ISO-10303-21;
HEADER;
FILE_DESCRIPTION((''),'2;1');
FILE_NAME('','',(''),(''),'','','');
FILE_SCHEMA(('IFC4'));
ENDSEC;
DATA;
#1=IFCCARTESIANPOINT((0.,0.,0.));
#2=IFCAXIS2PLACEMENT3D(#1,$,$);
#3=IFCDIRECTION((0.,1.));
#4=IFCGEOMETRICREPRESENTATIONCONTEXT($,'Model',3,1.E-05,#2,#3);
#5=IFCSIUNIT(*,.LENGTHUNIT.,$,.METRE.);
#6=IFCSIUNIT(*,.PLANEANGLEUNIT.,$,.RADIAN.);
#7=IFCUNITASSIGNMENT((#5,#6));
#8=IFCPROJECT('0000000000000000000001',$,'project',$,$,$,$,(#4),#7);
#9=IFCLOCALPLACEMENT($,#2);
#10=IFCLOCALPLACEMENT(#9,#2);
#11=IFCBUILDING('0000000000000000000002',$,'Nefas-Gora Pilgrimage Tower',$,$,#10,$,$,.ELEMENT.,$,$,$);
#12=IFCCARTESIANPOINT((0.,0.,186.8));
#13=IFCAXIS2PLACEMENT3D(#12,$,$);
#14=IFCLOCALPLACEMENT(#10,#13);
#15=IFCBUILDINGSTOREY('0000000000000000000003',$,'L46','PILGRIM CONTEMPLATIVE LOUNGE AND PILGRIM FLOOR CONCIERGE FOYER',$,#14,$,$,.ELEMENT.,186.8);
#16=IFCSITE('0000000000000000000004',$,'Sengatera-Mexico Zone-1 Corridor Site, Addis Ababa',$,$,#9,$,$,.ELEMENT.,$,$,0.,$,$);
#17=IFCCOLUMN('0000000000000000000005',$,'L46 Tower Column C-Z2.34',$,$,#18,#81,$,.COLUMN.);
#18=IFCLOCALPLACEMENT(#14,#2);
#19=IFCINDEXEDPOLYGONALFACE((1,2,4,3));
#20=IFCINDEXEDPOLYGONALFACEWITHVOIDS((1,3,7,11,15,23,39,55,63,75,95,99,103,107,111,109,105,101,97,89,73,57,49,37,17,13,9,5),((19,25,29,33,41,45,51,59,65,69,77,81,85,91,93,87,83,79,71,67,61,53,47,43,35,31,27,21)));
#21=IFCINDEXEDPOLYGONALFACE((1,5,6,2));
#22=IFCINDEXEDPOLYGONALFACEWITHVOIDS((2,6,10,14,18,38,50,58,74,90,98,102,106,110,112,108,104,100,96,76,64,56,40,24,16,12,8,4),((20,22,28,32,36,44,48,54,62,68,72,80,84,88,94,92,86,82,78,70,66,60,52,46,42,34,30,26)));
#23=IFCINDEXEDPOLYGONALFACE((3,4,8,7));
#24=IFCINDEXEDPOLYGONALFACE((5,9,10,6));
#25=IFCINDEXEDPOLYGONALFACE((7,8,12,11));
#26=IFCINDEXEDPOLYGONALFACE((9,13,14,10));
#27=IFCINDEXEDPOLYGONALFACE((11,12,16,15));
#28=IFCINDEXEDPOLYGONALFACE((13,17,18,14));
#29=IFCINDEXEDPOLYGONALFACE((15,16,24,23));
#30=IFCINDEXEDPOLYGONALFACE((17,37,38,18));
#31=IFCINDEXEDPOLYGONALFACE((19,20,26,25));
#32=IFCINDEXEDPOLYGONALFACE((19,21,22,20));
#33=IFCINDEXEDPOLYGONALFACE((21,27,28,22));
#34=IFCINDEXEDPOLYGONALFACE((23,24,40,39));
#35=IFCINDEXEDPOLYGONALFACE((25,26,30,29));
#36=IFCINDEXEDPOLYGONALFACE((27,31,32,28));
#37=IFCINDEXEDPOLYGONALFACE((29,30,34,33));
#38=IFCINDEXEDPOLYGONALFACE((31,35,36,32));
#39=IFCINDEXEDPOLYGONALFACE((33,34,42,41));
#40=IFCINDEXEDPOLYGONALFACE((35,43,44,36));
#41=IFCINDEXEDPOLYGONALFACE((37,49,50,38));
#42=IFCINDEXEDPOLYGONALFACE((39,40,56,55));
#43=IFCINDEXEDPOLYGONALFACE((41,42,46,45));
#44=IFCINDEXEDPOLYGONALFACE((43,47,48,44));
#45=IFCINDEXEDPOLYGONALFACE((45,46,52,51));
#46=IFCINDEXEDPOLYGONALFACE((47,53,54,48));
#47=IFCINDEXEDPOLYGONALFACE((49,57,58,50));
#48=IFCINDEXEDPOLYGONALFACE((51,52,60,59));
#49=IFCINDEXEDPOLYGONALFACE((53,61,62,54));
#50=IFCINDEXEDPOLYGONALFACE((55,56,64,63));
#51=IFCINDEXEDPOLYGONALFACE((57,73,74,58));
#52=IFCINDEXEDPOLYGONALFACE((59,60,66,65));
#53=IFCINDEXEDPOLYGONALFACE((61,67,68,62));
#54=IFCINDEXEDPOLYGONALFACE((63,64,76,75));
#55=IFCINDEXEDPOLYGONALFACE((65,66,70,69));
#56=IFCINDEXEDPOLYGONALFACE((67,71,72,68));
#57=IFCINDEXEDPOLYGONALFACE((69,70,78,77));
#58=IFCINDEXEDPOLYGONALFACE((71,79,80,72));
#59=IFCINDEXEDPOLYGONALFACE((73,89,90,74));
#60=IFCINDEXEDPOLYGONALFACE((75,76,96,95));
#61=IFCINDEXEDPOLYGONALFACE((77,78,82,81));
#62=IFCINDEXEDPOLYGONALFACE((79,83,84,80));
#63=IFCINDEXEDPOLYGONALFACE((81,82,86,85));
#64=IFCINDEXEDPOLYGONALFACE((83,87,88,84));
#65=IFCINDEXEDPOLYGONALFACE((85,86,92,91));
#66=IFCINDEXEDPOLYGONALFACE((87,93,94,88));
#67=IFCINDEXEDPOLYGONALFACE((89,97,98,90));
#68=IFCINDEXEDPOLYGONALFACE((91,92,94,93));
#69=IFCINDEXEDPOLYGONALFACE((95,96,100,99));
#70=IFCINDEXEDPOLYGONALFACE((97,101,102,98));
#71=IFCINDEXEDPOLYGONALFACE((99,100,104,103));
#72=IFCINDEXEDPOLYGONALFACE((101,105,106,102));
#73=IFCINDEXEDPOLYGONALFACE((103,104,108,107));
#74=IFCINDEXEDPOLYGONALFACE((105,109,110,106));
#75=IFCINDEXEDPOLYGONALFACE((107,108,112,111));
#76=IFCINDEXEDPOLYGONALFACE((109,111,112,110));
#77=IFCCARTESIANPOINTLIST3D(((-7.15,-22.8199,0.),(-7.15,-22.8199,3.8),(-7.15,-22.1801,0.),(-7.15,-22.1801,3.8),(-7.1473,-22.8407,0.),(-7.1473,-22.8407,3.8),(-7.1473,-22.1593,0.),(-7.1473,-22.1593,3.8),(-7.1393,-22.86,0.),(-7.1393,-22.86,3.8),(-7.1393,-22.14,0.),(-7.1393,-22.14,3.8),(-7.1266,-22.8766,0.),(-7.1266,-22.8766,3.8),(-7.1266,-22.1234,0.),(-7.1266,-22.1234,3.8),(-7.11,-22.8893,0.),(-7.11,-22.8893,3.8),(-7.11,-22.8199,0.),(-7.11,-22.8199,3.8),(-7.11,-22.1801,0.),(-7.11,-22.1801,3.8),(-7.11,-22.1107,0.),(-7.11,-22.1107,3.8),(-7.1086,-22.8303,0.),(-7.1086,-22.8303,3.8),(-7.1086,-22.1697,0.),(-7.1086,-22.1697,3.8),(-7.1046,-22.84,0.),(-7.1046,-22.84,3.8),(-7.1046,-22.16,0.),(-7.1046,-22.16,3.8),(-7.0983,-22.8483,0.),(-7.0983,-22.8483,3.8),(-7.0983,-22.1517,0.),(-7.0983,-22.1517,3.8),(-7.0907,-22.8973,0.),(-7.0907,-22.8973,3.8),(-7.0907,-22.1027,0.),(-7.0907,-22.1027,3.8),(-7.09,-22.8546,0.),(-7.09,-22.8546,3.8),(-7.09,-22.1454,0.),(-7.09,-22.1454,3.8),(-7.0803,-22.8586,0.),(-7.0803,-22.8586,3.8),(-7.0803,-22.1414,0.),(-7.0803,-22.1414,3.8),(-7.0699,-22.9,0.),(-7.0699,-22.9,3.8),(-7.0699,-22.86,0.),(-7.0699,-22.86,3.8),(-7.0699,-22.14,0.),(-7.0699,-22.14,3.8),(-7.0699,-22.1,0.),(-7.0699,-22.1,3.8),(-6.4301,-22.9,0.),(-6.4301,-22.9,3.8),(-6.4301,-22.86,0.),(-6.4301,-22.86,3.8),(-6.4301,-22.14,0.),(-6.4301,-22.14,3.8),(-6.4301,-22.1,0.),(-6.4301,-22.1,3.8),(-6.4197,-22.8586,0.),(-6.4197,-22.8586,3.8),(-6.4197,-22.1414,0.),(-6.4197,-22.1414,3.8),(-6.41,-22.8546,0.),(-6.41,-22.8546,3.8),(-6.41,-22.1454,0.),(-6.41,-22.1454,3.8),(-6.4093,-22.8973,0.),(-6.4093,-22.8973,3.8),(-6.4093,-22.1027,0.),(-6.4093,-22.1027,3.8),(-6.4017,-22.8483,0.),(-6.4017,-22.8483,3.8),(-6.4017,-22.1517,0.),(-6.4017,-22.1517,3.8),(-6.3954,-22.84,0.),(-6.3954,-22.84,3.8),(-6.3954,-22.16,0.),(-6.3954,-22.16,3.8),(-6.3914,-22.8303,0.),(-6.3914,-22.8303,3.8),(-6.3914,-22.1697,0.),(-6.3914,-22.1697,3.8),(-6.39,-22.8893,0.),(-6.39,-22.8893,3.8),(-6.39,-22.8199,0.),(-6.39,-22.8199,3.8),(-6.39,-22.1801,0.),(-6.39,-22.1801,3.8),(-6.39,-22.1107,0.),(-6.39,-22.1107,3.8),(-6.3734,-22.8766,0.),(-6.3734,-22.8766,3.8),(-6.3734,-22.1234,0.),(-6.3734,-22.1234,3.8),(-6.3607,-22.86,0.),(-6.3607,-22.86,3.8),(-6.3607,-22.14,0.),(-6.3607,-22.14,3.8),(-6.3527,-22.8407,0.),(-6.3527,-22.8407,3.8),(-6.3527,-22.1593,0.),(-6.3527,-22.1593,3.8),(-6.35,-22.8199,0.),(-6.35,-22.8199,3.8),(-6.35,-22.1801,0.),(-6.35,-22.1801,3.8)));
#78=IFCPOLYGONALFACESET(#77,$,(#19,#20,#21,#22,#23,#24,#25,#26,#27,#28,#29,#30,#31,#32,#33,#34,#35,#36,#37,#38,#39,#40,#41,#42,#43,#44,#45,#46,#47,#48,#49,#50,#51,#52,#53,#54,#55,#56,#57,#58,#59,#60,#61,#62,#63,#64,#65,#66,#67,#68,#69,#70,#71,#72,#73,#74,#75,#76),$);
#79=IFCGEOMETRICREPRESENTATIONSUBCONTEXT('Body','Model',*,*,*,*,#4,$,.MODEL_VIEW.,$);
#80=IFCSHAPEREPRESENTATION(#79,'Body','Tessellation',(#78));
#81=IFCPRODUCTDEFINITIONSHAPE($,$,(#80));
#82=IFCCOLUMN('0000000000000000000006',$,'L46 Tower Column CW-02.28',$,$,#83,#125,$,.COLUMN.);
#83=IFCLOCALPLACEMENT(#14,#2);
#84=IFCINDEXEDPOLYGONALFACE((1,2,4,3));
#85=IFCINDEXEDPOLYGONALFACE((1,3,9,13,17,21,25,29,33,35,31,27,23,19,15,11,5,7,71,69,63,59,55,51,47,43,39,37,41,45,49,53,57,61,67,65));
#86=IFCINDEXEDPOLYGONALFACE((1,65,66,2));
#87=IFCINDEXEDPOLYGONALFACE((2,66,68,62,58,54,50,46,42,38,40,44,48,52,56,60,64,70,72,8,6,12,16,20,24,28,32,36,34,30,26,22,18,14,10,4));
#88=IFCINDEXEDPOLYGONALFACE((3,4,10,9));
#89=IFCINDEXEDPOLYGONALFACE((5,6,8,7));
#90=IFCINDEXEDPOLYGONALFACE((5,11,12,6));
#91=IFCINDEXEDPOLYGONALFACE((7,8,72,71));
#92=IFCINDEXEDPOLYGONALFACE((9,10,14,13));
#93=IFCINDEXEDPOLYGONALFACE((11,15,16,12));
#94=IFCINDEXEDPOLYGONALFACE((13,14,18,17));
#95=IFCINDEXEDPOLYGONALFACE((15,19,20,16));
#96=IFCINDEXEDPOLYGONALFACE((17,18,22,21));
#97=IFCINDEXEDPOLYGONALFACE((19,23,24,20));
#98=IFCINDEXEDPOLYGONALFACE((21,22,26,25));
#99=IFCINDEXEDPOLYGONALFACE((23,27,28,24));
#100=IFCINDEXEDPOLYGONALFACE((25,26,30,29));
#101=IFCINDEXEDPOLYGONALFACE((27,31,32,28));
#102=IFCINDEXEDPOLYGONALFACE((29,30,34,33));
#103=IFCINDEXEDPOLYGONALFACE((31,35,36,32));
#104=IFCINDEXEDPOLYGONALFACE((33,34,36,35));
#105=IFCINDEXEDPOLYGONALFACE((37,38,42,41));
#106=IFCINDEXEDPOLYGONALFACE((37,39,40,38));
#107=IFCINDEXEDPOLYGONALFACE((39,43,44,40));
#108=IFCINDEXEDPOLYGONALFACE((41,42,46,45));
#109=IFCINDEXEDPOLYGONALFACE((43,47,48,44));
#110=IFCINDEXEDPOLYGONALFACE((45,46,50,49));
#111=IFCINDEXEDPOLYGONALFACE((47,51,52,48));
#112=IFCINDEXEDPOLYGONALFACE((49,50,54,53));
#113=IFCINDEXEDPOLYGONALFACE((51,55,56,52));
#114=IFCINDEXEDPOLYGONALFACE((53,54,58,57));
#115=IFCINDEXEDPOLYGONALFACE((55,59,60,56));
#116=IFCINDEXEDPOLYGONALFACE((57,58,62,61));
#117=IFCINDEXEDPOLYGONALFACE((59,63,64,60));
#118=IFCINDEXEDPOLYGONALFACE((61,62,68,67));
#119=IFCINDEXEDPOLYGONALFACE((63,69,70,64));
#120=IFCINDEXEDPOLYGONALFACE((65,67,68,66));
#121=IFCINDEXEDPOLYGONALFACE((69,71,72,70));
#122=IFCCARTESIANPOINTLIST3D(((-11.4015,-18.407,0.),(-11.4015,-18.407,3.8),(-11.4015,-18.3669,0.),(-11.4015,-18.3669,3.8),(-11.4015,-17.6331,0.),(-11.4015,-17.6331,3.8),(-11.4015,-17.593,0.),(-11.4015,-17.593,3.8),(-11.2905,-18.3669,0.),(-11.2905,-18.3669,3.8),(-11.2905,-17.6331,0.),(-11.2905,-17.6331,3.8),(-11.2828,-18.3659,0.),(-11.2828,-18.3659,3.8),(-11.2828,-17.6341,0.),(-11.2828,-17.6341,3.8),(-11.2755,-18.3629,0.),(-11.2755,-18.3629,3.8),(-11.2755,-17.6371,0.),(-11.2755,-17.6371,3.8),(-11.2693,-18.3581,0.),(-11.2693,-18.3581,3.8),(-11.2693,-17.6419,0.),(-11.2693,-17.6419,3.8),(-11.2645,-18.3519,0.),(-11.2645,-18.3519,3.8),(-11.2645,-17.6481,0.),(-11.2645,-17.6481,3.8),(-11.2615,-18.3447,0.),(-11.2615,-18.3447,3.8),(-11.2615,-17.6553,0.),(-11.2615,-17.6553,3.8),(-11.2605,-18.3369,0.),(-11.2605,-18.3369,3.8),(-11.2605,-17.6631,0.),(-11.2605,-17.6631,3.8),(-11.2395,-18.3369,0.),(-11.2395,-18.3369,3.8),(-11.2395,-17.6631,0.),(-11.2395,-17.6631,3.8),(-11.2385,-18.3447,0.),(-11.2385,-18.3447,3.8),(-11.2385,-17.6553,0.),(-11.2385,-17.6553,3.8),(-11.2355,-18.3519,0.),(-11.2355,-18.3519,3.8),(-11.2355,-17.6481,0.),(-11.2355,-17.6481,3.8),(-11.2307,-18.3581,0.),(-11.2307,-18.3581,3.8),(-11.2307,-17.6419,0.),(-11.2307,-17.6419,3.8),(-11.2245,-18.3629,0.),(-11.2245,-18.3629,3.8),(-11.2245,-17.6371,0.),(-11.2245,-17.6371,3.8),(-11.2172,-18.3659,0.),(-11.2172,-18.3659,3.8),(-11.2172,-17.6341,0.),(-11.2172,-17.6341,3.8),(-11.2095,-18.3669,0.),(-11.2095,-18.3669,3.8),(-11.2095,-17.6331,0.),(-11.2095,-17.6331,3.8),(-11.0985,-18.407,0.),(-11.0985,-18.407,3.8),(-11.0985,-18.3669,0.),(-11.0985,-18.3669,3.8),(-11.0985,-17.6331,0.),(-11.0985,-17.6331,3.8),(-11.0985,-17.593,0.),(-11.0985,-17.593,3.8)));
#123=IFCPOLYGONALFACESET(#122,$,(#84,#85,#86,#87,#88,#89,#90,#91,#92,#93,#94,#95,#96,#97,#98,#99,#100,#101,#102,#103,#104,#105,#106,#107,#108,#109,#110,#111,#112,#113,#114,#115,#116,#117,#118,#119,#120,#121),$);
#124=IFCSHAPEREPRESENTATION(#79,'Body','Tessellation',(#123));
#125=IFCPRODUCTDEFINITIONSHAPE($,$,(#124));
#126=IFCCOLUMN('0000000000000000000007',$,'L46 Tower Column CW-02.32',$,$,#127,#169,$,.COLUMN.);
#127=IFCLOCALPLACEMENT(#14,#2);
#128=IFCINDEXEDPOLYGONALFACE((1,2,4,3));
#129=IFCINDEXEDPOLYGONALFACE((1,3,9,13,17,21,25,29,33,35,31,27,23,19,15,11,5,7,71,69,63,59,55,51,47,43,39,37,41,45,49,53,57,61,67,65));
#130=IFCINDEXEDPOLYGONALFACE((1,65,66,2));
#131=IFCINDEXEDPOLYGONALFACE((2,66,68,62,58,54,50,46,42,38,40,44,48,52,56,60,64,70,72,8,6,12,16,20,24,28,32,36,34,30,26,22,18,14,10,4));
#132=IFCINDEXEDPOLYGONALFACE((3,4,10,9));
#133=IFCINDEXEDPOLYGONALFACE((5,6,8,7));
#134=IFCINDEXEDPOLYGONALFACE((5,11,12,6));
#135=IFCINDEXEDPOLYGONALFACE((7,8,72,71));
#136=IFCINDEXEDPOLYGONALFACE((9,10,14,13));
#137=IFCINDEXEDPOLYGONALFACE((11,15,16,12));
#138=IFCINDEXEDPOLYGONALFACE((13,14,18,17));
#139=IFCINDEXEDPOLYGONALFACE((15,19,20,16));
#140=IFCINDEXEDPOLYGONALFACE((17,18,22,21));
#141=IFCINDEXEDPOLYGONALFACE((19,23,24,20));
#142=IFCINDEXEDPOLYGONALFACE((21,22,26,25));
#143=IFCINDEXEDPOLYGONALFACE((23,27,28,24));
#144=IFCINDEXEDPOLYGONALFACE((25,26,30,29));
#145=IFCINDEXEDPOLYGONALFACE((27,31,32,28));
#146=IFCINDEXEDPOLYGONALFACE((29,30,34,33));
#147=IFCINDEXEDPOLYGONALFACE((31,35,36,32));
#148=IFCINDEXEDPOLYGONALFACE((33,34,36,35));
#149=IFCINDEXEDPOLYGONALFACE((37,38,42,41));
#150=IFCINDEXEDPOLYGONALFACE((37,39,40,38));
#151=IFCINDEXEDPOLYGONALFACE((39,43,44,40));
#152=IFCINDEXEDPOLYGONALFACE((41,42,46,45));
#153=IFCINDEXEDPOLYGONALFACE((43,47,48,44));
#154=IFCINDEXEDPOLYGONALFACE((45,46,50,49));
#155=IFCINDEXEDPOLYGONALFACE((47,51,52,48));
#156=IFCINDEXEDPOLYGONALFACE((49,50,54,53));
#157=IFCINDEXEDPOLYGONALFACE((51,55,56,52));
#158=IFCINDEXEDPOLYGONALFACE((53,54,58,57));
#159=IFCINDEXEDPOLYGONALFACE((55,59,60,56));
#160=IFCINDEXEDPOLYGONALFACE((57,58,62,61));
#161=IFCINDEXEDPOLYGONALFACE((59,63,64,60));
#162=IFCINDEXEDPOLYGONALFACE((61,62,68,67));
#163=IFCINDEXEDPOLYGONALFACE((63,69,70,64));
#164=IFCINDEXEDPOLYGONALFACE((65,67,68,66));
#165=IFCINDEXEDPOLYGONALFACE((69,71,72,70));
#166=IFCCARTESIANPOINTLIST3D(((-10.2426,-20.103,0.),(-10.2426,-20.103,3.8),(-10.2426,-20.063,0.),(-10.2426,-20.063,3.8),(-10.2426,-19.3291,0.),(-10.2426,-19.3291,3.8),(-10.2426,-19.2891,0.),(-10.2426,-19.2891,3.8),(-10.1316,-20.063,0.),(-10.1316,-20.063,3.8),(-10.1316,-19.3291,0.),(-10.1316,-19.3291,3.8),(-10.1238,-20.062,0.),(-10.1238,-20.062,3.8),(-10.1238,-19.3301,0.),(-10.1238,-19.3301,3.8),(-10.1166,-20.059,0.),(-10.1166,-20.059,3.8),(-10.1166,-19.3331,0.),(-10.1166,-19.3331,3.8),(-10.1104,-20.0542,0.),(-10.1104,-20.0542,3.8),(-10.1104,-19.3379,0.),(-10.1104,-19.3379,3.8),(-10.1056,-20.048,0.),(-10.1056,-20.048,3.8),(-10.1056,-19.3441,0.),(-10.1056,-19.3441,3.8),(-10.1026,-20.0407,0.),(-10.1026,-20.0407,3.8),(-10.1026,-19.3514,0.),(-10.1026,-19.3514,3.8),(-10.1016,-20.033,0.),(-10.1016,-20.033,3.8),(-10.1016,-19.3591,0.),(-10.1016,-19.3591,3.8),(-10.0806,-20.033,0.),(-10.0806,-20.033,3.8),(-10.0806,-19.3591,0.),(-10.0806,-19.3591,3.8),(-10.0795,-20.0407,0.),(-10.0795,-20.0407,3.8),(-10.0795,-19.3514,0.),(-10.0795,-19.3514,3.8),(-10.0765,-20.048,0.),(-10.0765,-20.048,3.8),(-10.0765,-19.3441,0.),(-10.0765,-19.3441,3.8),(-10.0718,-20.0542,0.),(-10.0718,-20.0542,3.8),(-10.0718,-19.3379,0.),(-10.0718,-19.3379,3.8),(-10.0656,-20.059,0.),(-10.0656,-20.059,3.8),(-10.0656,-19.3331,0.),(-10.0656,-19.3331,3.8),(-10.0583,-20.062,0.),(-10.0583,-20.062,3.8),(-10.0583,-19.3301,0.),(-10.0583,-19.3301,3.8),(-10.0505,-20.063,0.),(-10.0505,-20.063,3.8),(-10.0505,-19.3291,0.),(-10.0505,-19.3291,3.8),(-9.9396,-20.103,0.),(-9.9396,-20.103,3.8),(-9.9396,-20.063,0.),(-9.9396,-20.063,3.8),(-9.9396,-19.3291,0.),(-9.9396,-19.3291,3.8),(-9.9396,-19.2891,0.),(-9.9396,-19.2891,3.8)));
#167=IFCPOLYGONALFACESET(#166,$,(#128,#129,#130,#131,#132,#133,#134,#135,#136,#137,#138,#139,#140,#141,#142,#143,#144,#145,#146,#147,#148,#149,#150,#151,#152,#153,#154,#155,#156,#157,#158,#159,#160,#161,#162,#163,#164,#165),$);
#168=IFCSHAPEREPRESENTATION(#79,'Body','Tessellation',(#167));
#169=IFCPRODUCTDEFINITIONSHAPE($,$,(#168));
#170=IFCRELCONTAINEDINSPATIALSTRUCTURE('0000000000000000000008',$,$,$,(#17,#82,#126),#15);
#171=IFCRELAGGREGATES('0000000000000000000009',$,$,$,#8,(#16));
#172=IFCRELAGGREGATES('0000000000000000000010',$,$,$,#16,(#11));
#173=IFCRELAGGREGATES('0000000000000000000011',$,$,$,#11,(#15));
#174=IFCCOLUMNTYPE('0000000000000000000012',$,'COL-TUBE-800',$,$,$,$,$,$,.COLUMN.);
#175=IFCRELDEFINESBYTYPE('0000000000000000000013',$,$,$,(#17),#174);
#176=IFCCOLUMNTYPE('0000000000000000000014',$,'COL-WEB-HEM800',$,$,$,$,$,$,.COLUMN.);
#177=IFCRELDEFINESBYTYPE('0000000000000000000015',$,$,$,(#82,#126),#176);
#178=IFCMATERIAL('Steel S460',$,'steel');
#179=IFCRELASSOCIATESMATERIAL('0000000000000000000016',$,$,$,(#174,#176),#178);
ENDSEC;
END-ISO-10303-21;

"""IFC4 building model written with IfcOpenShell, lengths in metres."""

from ifc_helpers import new_model, si_unit, direction, frame, origin, origin_2d, place, context, subcontext, project, spatial, hollow_rectangle, i_section, extrude, source, transform, mapped, material, material_profile, profile_set, type_object, element, save


model = new_model("IFC4")

# Units and contexts
model_context = context("Model", 3, precision=1e-05, world=origin(), true_north=direction((0.0, 1.0)))
body_context = subcontext(model_context, "Body", "Model", "MODEL_VIEW")
ifc_project = project(units=[si_unit("LENGTHUNIT", "METRE"), si_unit("PLANEANGLEUNIT", "RADIAN")], contexts=[model_context])

# Site, building, storey
site_placement = place(None, origin())
site = spatial("IfcSite", under=ifc_project, at=site_placement, Name="Sengatera-Mexico Zone-1 Corridor Site, Addis Ababa", CompositionType="ELEMENT", RefElevation=0.0)
building_placement = place(site_placement, origin())
building = spatial("IfcBuilding", under=site, at=building_placement, Name="Nefas-Gora Pilgrimage Tower", CompositionType="ELEMENT")
storey_placement = place(building_placement, frame((0.0, 0.0, 186.8)))
storey = spatial("IfcBuildingStorey", under=building, at=storey_placement, Name="L46", Description="PILGRIM CONTEMPLATIVE LOUNGE AND PILGRIM FLOOR CONCIERGE FOYER", CompositionType="ELEMENT", Elevation=186.8)

# Columns
ifc_material_1 = material(Name="Steel S460", Category="steel")
ifc_material_profile_1 = material_profile(ifc_material_1, hollow_rectangle(XDim=0.8, YDim=0.8, WallThickness=0.04, InnerFilletRadius=0.04, OuterFilletRadius=0.0801, at=origin_2d()), Name="BOX 800x800x40")
ifc_profile_set_1 = profile_set([ifc_material_profile_1], Name="Steel S460")
column_type_1 = type_object("IfcColumnType", Name="COL-TUBE-800", PredefinedType="COLUMN", material=ifc_profile_set_1)
shared_shape_1 = source(origin(), body_context, "Body", "SweptSolid", [
    extrude(hollow_rectangle(XDim=0.8, YDim=0.8, WallThickness=0.04, InnerFilletRadius=0.04, OuterFilletRadius=0.0801, at=origin_2d()), origin(), (0.0, 0.0, 1.0), 3.8),
])
column_placement = place(storey_placement, frame((-6.75, -22.5, 0.0), z_axis=(0.0, 0.0, 1.0), x_axis=(1.0, 0.0, 0.0)))
element("IfcColumn", 1, at=column_placement, inside=storey, type_object=column_type_1, Name="L46 Tower Column C-Z2.34", PredefinedType="COLUMN", context=body_context, shape_type="MappedRepresentation", body=[
    mapped(shared_shape_1, transform((0.0, 0.0, 0.0), x_axis=(1.0, 0.0, 0.0), y_axis=(0.0, 1.0, 0.0), z_axis=(0.0, 0.0, 1.0), scale=1.0)),
])
ifc_material_profile_2 = material_profile(ifc_material_1, i_section(OverallWidth=0.303, OverallDepth=0.814, WebThickness=0.021, FlangeThickness=0.04, FilletRadius=0.03, at=origin_2d()), Name="HEM 800")
ifc_profile_set_2 = profile_set([ifc_material_profile_2], Name="Steel S460")
column_type_2 = type_object("IfcColumnType", Name="COL-WEB-HEM800", PredefinedType="COLUMN", material=ifc_profile_set_2)
shared_shape_2 = source(origin(), body_context, "Body", "SweptSolid", [
    extrude(i_section(OverallWidth=0.303, OverallDepth=0.814, WebThickness=0.021, FlangeThickness=0.04, FilletRadius=0.03, at=origin_2d()), origin(), (0.0, 0.0, 1.0), 3.8),
])
for number, where, z_axis, x_axis, name in (
    (2, (-11.25, -18.0, 0.0), (0.0, 0.0, 1.0), (1.0, 0.0, 0.0), "L46 Tower Column CW-02.28"),
    (3, (-10.0911, -19.696, 0.0), (0.0, 0.0, 1.0), (1.0, 0.0, 0.0), "L46 Tower Column CW-02.32"),
):
    element("IfcColumn", number, at=place(storey_placement, frame(where, z_axis=z_axis, x_axis=x_axis)), inside=storey, type_object=column_type_2, Name=name, PredefinedType="COLUMN", context=body_context, shape_type="MappedRepresentation", body=[
        mapped(shared_shape_2, transform((0.0, 0.0, 0.0), x_axis=(1.0, 0.0, 0.0), y_axis=(0.0, 1.0, 0.0), z_axis=(0.0, 0.0, 1.0), scale=1.0)),
    ])

save(model, "model.ifc")
